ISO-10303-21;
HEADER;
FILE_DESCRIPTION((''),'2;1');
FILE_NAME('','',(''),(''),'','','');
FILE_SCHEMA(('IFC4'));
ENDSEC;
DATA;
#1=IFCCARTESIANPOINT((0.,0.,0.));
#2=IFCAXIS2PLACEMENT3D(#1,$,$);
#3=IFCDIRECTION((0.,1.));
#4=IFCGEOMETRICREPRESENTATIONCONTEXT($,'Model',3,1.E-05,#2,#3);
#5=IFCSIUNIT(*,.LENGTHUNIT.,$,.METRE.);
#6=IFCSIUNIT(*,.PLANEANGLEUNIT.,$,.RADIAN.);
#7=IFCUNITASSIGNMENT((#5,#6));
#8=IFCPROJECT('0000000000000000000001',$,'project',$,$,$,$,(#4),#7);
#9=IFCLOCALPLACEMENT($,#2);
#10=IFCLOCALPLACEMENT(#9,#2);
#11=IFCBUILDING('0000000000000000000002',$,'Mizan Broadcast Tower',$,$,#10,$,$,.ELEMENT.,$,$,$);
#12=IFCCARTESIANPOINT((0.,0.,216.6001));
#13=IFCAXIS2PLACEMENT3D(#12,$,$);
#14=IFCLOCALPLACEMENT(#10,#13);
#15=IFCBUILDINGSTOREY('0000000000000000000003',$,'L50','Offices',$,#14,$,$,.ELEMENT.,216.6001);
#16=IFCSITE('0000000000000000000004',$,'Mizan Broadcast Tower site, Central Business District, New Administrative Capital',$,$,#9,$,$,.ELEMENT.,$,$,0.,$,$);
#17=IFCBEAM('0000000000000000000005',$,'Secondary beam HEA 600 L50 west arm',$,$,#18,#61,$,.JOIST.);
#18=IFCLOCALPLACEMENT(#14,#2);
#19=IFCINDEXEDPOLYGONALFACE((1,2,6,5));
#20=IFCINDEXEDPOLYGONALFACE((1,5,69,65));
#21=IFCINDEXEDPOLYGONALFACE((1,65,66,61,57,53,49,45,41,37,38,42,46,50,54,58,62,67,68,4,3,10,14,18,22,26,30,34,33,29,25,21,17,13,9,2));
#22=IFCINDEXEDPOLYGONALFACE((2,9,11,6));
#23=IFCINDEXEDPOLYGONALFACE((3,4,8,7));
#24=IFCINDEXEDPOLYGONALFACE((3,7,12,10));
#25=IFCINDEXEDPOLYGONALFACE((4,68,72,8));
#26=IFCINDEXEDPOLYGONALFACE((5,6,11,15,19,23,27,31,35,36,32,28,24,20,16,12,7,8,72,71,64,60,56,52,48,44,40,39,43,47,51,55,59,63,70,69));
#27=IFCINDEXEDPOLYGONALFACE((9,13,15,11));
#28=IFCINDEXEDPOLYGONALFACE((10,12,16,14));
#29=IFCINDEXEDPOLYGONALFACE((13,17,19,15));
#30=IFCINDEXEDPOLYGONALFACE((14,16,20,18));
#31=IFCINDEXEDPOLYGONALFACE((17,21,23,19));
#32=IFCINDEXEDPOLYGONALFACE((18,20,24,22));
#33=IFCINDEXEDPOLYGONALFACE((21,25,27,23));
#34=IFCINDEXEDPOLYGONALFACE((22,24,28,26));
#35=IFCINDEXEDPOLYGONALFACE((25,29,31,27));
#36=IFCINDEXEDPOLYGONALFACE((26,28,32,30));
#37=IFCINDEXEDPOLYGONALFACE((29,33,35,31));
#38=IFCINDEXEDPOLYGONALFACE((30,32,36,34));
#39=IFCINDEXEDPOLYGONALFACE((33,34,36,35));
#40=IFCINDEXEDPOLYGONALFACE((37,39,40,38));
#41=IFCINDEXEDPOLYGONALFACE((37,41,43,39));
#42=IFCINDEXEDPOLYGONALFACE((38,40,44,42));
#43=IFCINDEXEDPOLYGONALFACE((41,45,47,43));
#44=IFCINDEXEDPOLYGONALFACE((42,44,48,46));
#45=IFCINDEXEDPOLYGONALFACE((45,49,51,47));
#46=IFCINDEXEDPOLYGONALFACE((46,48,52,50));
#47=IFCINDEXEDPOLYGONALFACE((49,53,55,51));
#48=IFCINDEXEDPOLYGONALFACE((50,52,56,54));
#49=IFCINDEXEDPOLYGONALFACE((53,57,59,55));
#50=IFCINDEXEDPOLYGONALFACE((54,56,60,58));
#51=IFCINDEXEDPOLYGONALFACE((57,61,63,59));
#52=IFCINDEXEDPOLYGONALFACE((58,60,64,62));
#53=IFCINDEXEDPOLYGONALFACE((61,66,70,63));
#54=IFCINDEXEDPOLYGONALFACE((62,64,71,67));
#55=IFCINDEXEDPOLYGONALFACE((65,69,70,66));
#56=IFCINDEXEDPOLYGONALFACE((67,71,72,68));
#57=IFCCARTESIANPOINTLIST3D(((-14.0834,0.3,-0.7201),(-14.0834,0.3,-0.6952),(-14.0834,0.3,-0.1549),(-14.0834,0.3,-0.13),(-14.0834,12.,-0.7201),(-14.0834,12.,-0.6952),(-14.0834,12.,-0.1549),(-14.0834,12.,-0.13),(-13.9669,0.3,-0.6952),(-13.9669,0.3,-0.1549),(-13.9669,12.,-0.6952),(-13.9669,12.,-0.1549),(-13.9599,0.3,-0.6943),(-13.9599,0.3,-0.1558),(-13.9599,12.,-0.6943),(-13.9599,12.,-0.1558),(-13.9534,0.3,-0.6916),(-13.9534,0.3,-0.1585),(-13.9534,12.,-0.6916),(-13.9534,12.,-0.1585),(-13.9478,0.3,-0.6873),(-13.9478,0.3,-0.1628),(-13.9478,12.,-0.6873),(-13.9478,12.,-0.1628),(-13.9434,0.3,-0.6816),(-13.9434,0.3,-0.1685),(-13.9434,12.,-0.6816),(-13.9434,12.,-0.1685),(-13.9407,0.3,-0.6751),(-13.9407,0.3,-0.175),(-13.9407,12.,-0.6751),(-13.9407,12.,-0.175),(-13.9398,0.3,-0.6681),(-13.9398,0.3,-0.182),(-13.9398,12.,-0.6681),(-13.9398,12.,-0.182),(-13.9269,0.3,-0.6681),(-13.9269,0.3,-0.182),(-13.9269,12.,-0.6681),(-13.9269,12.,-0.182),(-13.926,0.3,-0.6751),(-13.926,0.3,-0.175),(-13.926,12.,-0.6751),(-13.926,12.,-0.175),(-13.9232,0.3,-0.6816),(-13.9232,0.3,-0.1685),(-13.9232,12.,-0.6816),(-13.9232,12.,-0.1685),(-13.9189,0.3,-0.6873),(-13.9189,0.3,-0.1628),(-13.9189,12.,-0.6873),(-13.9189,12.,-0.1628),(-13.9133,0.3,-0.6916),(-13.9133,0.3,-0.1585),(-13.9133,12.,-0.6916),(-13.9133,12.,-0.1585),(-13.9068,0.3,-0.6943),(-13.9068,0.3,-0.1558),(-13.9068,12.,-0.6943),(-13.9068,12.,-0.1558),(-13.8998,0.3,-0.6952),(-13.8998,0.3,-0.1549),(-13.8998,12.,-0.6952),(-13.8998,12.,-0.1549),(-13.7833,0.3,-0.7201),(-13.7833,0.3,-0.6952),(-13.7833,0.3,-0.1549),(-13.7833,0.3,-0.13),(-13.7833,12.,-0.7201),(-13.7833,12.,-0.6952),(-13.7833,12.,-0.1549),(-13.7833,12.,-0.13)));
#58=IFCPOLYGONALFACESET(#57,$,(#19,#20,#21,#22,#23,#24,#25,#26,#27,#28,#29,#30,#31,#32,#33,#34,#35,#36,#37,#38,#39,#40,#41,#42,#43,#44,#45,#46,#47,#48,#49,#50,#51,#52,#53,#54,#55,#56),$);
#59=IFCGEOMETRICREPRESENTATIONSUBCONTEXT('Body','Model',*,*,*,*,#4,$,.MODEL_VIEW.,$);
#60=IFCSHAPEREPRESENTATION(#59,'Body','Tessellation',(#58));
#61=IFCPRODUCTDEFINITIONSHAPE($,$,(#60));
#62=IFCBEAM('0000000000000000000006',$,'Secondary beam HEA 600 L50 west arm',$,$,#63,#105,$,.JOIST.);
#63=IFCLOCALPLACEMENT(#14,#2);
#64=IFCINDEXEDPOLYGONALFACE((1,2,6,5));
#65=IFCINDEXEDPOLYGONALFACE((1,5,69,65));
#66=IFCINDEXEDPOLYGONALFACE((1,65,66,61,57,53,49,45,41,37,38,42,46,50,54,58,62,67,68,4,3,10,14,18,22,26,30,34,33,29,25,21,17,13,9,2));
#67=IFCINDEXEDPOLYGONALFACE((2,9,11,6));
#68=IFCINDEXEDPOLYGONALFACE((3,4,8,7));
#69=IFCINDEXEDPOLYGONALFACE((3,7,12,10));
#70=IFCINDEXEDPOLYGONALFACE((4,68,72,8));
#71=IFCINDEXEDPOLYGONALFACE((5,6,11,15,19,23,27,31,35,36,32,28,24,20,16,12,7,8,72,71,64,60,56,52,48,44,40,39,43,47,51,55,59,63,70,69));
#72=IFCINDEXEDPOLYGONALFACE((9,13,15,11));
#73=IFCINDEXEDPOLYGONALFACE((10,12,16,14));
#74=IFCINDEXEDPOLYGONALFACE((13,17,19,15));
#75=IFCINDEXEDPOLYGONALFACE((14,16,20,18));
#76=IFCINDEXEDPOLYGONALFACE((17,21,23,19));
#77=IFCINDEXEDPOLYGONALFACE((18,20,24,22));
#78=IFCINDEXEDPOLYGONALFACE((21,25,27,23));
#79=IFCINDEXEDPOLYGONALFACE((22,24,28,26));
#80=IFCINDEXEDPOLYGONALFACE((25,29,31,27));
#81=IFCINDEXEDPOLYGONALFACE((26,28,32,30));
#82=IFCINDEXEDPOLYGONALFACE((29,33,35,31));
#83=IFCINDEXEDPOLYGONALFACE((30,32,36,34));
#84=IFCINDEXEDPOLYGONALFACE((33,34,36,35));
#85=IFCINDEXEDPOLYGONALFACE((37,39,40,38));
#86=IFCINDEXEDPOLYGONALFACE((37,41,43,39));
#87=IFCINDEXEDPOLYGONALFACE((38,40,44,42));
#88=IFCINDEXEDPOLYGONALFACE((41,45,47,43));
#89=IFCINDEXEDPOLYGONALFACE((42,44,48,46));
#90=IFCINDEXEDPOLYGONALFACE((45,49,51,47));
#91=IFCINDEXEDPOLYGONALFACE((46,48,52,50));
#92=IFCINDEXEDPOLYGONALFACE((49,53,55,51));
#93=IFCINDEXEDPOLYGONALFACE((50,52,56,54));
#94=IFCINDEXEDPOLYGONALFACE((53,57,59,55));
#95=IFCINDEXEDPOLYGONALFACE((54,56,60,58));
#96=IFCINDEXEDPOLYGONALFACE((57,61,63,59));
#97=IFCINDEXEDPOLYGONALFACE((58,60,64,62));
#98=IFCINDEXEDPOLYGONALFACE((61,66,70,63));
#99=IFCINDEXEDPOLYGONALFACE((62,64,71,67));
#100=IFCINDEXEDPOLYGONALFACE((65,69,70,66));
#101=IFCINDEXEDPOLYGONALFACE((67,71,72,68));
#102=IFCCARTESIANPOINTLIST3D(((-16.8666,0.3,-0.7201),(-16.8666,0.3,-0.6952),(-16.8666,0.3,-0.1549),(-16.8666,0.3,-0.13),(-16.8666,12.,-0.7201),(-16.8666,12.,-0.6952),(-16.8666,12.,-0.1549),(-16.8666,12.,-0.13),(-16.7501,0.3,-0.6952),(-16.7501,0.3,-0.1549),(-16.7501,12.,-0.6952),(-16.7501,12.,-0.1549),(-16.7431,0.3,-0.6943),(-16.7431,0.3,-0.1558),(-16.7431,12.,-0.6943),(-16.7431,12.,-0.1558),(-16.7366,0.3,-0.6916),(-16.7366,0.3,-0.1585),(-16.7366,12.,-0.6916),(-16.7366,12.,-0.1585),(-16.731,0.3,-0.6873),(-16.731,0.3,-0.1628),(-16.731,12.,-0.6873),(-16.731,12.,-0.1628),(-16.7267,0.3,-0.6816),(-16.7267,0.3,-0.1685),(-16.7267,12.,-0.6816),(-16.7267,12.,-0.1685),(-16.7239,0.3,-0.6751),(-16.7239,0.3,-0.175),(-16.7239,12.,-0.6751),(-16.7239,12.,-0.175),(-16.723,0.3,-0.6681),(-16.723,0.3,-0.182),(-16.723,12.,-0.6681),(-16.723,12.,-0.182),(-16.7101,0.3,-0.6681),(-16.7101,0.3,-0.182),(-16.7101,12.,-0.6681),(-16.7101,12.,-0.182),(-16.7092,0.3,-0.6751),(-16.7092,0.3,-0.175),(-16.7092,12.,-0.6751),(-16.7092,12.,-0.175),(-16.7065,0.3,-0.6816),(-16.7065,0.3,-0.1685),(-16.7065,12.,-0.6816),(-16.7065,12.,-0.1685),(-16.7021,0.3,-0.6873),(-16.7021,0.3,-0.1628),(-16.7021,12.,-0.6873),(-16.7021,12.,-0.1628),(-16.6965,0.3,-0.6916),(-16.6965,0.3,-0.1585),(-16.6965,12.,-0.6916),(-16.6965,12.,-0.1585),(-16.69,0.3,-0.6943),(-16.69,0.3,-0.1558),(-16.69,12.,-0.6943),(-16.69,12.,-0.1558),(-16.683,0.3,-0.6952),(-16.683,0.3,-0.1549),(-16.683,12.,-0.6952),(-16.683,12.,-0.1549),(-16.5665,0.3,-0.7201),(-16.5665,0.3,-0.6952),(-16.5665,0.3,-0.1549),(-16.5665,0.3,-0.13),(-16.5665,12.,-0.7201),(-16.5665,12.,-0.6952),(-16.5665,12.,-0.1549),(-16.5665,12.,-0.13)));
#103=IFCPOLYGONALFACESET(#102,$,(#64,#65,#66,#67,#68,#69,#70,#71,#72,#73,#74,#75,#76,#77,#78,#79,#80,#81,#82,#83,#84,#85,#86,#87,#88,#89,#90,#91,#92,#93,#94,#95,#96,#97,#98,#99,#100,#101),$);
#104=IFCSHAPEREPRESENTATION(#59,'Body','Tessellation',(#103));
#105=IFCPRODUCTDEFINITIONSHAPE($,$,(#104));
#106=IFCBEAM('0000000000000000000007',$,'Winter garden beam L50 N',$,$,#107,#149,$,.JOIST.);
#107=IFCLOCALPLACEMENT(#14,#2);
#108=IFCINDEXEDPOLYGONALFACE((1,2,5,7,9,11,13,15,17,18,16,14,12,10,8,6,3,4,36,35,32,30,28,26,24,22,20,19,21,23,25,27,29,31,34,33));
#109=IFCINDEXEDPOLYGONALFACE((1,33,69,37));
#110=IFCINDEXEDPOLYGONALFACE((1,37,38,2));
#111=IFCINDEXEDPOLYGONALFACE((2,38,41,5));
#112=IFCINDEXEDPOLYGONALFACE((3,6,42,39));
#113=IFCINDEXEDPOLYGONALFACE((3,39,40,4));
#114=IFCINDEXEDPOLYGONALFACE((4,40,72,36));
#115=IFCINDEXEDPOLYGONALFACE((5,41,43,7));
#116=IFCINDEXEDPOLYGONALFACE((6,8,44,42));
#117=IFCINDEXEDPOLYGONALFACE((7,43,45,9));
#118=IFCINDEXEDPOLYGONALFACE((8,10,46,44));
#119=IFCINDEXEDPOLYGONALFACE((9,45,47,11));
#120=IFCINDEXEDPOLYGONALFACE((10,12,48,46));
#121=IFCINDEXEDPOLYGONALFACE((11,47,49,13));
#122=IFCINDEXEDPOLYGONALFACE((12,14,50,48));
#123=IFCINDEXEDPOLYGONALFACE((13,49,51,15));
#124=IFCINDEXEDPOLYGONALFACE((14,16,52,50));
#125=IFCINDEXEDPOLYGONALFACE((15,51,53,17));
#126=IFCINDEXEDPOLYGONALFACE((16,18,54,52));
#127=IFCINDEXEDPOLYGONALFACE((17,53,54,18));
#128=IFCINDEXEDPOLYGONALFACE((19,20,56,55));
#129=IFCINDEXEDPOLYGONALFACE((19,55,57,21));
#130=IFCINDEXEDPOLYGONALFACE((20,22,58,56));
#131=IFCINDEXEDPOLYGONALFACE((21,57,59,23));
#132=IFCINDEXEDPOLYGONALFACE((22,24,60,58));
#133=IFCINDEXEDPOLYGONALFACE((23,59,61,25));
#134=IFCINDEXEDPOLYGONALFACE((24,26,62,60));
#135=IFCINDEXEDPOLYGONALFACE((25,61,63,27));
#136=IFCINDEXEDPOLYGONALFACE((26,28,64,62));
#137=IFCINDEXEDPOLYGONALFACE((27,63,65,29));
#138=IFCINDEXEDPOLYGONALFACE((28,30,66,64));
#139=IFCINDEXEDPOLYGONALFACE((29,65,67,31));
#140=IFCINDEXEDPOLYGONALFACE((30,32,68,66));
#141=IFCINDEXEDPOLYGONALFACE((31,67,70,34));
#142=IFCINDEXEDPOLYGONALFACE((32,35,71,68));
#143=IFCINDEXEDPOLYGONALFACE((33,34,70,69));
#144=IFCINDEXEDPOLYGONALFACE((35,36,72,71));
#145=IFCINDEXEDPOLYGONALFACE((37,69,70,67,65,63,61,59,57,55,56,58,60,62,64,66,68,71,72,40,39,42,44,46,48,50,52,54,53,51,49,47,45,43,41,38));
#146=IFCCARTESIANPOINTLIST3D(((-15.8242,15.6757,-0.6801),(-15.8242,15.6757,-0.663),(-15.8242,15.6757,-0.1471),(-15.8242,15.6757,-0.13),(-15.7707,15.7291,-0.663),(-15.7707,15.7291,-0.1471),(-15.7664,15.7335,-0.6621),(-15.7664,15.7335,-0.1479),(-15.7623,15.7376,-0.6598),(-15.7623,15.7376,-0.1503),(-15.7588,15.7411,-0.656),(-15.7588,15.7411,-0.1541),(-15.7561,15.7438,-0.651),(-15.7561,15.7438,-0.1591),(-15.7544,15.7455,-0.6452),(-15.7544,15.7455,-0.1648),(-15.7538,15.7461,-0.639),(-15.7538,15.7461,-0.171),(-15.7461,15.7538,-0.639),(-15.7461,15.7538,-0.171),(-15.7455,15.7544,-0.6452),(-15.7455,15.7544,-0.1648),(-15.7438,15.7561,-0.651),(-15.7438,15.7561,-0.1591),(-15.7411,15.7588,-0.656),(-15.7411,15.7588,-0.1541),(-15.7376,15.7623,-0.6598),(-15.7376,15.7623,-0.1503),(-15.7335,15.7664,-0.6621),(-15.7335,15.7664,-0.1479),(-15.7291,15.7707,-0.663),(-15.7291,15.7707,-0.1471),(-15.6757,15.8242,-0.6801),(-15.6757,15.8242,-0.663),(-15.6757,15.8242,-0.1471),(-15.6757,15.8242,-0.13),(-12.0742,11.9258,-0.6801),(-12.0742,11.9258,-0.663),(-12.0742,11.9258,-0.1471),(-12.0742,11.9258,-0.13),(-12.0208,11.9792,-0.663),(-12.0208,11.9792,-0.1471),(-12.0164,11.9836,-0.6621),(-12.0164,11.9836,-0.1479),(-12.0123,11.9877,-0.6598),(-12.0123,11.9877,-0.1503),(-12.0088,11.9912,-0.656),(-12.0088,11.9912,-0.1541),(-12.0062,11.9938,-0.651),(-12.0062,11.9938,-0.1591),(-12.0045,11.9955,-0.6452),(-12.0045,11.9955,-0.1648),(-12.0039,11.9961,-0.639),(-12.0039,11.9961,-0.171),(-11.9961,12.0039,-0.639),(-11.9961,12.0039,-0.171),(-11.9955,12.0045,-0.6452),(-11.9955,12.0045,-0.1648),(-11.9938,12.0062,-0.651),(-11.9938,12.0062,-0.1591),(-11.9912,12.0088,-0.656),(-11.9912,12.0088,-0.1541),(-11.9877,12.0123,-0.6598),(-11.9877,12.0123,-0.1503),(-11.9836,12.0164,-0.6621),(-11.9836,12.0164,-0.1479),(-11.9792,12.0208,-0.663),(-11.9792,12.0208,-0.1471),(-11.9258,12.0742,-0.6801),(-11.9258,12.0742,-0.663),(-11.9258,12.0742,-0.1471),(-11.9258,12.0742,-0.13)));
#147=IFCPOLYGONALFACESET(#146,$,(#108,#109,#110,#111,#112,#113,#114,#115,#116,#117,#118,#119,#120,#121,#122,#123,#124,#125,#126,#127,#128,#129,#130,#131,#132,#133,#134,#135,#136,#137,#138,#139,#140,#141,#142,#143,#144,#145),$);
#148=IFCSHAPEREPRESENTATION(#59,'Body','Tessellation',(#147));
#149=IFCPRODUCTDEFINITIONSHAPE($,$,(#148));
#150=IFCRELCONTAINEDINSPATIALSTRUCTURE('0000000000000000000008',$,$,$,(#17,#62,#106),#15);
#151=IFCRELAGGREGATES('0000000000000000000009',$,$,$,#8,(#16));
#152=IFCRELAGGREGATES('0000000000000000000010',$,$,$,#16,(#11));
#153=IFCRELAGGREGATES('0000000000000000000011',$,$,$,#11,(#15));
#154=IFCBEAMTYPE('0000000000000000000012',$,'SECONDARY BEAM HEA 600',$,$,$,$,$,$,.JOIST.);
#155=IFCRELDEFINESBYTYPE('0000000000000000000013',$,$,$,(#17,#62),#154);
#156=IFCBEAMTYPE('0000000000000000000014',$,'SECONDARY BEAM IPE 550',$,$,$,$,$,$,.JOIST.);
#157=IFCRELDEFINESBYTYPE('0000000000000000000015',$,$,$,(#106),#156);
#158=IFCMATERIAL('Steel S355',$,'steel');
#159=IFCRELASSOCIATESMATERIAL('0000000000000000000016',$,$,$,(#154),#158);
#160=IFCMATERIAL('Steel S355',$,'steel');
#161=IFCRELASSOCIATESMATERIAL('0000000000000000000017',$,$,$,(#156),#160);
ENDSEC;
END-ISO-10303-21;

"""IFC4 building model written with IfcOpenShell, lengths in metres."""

from ifc_helpers import new_model, si_unit, direction, frame, origin, origin_2d, place, context, subcontext, project, spatial, i_section, extrude, material, material_profile, profile_set, type_object, element, save


model = new_model("IFC4")

# Units and contexts
model_context = context("Model", 3, precision=1e-05, world=origin(), true_north=direction((0.0, 1.0)))
body_context = subcontext(model_context, "Body", "Model", "MODEL_VIEW")
ifc_project = project(units=[si_unit("LENGTHUNIT", "METRE"), si_unit("PLANEANGLEUNIT", "RADIAN")], contexts=[model_context])

# Site, building, storey
site_placement = place(None, origin())
site = spatial("IfcSite", under=ifc_project, at=site_placement, Name="Mizan Broadcast Tower site, Central Business District, New Administrative Capital", CompositionType="ELEMENT", RefElevation=0.0)
building_placement = place(site_placement, origin())
building = spatial("IfcBuilding", under=site, at=building_placement, Name="Mizan Broadcast Tower", CompositionType="ELEMENT")
storey_placement = place(building_placement, frame((0.0, 0.0, 216.6001)))
storey = spatial("IfcBuildingStorey", under=building, at=storey_placement, Name="L50", Description="Offices", CompositionType="ELEMENT", Elevation=216.6001)

# Beams
ifc_material_1 = material(Name="Steel S355", Category="steel")
ifc_material_profile_1 = material_profile(ifc_material_1, i_section(OverallWidth=0.3, OverallDepth=0.5901, WebThickness=0.0129, FlangeThickness=0.0249, FilletRadius=0.0271, at=origin_2d()), Name="HEA 600")
ifc_profile_set_1 = profile_set([ifc_material_profile_1], Name="Steel S355")
beam_type_1 = type_object("IfcBeamType", Name="SECONDARY BEAM HEA 600", PredefinedType="JOIST", material=ifc_profile_set_1)
for number, where, z_axis, x_axis, name in (
    (1, (-13.9333, 12.0, -0.425), (0.0, -1.0, 0.0), (1.0, 0.0, 0.0), "Secondary beam HEA 600 L50 west arm"),
    (2, (-16.7166, 12.0, -0.425), (0.0, -1.0, 0.0), (1.0, 0.0, 0.0), "Secondary beam HEA 600 L50 west arm"),
):
    element("IfcBeam", number, at=place(storey_placement, frame(where, z_axis=z_axis, x_axis=x_axis)), inside=storey, type_object=beam_type_1, Name=name, PredefinedType="JOIST", context=body_context, shape_type="SweptSolid", body=[
        extrude(i_section(OverallWidth=0.3, OverallDepth=0.5901, WebThickness=0.0129, FlangeThickness=0.0249, FilletRadius=0.0271, at=origin_2d()), origin(), (0.0, 0.0, 1.0), 11.7),
    ])
ifc_material_2 = material(Name="Steel S355", Category="steel")
ifc_material_profile_2 = material_profile(ifc_material_2, i_section(OverallWidth=0.21, OverallDepth=0.55, WebThickness=0.011, FlangeThickness=0.0171, FilletRadius=0.0239, at=origin_2d()), Name="IPE 550")
ifc_profile_set_2 = profile_set([ifc_material_profile_2], Name="Steel S355")
beam_type_2 = type_object("IfcBeamType", Name="SECONDARY BEAM IPE 550", PredefinedType="JOIST", material=ifc_profile_set_2)
beam_1_placement = place(storey_placement, frame((-12.0, 12.0, -0.405), z_axis=(-0.707107, 0.707107, 0.0), x_axis=(-0.707107, -0.707107, 0.0)))
element("IfcBeam", 3, at=beam_1_placement, inside=storey, type_object=beam_type_2, Name="Winter garden beam L50 N", PredefinedType="JOIST", context=body_context, shape_type="SweptSolid", body=[
    extrude(i_section(OverallWidth=0.21, OverallDepth=0.55, WebThickness=0.011, FlangeThickness=0.0171, FilletRadius=0.0239, at=origin_2d()), origin(), (0.0, 0.0, 1.0), 5.3032),
])

save(model, "model.ifc")
